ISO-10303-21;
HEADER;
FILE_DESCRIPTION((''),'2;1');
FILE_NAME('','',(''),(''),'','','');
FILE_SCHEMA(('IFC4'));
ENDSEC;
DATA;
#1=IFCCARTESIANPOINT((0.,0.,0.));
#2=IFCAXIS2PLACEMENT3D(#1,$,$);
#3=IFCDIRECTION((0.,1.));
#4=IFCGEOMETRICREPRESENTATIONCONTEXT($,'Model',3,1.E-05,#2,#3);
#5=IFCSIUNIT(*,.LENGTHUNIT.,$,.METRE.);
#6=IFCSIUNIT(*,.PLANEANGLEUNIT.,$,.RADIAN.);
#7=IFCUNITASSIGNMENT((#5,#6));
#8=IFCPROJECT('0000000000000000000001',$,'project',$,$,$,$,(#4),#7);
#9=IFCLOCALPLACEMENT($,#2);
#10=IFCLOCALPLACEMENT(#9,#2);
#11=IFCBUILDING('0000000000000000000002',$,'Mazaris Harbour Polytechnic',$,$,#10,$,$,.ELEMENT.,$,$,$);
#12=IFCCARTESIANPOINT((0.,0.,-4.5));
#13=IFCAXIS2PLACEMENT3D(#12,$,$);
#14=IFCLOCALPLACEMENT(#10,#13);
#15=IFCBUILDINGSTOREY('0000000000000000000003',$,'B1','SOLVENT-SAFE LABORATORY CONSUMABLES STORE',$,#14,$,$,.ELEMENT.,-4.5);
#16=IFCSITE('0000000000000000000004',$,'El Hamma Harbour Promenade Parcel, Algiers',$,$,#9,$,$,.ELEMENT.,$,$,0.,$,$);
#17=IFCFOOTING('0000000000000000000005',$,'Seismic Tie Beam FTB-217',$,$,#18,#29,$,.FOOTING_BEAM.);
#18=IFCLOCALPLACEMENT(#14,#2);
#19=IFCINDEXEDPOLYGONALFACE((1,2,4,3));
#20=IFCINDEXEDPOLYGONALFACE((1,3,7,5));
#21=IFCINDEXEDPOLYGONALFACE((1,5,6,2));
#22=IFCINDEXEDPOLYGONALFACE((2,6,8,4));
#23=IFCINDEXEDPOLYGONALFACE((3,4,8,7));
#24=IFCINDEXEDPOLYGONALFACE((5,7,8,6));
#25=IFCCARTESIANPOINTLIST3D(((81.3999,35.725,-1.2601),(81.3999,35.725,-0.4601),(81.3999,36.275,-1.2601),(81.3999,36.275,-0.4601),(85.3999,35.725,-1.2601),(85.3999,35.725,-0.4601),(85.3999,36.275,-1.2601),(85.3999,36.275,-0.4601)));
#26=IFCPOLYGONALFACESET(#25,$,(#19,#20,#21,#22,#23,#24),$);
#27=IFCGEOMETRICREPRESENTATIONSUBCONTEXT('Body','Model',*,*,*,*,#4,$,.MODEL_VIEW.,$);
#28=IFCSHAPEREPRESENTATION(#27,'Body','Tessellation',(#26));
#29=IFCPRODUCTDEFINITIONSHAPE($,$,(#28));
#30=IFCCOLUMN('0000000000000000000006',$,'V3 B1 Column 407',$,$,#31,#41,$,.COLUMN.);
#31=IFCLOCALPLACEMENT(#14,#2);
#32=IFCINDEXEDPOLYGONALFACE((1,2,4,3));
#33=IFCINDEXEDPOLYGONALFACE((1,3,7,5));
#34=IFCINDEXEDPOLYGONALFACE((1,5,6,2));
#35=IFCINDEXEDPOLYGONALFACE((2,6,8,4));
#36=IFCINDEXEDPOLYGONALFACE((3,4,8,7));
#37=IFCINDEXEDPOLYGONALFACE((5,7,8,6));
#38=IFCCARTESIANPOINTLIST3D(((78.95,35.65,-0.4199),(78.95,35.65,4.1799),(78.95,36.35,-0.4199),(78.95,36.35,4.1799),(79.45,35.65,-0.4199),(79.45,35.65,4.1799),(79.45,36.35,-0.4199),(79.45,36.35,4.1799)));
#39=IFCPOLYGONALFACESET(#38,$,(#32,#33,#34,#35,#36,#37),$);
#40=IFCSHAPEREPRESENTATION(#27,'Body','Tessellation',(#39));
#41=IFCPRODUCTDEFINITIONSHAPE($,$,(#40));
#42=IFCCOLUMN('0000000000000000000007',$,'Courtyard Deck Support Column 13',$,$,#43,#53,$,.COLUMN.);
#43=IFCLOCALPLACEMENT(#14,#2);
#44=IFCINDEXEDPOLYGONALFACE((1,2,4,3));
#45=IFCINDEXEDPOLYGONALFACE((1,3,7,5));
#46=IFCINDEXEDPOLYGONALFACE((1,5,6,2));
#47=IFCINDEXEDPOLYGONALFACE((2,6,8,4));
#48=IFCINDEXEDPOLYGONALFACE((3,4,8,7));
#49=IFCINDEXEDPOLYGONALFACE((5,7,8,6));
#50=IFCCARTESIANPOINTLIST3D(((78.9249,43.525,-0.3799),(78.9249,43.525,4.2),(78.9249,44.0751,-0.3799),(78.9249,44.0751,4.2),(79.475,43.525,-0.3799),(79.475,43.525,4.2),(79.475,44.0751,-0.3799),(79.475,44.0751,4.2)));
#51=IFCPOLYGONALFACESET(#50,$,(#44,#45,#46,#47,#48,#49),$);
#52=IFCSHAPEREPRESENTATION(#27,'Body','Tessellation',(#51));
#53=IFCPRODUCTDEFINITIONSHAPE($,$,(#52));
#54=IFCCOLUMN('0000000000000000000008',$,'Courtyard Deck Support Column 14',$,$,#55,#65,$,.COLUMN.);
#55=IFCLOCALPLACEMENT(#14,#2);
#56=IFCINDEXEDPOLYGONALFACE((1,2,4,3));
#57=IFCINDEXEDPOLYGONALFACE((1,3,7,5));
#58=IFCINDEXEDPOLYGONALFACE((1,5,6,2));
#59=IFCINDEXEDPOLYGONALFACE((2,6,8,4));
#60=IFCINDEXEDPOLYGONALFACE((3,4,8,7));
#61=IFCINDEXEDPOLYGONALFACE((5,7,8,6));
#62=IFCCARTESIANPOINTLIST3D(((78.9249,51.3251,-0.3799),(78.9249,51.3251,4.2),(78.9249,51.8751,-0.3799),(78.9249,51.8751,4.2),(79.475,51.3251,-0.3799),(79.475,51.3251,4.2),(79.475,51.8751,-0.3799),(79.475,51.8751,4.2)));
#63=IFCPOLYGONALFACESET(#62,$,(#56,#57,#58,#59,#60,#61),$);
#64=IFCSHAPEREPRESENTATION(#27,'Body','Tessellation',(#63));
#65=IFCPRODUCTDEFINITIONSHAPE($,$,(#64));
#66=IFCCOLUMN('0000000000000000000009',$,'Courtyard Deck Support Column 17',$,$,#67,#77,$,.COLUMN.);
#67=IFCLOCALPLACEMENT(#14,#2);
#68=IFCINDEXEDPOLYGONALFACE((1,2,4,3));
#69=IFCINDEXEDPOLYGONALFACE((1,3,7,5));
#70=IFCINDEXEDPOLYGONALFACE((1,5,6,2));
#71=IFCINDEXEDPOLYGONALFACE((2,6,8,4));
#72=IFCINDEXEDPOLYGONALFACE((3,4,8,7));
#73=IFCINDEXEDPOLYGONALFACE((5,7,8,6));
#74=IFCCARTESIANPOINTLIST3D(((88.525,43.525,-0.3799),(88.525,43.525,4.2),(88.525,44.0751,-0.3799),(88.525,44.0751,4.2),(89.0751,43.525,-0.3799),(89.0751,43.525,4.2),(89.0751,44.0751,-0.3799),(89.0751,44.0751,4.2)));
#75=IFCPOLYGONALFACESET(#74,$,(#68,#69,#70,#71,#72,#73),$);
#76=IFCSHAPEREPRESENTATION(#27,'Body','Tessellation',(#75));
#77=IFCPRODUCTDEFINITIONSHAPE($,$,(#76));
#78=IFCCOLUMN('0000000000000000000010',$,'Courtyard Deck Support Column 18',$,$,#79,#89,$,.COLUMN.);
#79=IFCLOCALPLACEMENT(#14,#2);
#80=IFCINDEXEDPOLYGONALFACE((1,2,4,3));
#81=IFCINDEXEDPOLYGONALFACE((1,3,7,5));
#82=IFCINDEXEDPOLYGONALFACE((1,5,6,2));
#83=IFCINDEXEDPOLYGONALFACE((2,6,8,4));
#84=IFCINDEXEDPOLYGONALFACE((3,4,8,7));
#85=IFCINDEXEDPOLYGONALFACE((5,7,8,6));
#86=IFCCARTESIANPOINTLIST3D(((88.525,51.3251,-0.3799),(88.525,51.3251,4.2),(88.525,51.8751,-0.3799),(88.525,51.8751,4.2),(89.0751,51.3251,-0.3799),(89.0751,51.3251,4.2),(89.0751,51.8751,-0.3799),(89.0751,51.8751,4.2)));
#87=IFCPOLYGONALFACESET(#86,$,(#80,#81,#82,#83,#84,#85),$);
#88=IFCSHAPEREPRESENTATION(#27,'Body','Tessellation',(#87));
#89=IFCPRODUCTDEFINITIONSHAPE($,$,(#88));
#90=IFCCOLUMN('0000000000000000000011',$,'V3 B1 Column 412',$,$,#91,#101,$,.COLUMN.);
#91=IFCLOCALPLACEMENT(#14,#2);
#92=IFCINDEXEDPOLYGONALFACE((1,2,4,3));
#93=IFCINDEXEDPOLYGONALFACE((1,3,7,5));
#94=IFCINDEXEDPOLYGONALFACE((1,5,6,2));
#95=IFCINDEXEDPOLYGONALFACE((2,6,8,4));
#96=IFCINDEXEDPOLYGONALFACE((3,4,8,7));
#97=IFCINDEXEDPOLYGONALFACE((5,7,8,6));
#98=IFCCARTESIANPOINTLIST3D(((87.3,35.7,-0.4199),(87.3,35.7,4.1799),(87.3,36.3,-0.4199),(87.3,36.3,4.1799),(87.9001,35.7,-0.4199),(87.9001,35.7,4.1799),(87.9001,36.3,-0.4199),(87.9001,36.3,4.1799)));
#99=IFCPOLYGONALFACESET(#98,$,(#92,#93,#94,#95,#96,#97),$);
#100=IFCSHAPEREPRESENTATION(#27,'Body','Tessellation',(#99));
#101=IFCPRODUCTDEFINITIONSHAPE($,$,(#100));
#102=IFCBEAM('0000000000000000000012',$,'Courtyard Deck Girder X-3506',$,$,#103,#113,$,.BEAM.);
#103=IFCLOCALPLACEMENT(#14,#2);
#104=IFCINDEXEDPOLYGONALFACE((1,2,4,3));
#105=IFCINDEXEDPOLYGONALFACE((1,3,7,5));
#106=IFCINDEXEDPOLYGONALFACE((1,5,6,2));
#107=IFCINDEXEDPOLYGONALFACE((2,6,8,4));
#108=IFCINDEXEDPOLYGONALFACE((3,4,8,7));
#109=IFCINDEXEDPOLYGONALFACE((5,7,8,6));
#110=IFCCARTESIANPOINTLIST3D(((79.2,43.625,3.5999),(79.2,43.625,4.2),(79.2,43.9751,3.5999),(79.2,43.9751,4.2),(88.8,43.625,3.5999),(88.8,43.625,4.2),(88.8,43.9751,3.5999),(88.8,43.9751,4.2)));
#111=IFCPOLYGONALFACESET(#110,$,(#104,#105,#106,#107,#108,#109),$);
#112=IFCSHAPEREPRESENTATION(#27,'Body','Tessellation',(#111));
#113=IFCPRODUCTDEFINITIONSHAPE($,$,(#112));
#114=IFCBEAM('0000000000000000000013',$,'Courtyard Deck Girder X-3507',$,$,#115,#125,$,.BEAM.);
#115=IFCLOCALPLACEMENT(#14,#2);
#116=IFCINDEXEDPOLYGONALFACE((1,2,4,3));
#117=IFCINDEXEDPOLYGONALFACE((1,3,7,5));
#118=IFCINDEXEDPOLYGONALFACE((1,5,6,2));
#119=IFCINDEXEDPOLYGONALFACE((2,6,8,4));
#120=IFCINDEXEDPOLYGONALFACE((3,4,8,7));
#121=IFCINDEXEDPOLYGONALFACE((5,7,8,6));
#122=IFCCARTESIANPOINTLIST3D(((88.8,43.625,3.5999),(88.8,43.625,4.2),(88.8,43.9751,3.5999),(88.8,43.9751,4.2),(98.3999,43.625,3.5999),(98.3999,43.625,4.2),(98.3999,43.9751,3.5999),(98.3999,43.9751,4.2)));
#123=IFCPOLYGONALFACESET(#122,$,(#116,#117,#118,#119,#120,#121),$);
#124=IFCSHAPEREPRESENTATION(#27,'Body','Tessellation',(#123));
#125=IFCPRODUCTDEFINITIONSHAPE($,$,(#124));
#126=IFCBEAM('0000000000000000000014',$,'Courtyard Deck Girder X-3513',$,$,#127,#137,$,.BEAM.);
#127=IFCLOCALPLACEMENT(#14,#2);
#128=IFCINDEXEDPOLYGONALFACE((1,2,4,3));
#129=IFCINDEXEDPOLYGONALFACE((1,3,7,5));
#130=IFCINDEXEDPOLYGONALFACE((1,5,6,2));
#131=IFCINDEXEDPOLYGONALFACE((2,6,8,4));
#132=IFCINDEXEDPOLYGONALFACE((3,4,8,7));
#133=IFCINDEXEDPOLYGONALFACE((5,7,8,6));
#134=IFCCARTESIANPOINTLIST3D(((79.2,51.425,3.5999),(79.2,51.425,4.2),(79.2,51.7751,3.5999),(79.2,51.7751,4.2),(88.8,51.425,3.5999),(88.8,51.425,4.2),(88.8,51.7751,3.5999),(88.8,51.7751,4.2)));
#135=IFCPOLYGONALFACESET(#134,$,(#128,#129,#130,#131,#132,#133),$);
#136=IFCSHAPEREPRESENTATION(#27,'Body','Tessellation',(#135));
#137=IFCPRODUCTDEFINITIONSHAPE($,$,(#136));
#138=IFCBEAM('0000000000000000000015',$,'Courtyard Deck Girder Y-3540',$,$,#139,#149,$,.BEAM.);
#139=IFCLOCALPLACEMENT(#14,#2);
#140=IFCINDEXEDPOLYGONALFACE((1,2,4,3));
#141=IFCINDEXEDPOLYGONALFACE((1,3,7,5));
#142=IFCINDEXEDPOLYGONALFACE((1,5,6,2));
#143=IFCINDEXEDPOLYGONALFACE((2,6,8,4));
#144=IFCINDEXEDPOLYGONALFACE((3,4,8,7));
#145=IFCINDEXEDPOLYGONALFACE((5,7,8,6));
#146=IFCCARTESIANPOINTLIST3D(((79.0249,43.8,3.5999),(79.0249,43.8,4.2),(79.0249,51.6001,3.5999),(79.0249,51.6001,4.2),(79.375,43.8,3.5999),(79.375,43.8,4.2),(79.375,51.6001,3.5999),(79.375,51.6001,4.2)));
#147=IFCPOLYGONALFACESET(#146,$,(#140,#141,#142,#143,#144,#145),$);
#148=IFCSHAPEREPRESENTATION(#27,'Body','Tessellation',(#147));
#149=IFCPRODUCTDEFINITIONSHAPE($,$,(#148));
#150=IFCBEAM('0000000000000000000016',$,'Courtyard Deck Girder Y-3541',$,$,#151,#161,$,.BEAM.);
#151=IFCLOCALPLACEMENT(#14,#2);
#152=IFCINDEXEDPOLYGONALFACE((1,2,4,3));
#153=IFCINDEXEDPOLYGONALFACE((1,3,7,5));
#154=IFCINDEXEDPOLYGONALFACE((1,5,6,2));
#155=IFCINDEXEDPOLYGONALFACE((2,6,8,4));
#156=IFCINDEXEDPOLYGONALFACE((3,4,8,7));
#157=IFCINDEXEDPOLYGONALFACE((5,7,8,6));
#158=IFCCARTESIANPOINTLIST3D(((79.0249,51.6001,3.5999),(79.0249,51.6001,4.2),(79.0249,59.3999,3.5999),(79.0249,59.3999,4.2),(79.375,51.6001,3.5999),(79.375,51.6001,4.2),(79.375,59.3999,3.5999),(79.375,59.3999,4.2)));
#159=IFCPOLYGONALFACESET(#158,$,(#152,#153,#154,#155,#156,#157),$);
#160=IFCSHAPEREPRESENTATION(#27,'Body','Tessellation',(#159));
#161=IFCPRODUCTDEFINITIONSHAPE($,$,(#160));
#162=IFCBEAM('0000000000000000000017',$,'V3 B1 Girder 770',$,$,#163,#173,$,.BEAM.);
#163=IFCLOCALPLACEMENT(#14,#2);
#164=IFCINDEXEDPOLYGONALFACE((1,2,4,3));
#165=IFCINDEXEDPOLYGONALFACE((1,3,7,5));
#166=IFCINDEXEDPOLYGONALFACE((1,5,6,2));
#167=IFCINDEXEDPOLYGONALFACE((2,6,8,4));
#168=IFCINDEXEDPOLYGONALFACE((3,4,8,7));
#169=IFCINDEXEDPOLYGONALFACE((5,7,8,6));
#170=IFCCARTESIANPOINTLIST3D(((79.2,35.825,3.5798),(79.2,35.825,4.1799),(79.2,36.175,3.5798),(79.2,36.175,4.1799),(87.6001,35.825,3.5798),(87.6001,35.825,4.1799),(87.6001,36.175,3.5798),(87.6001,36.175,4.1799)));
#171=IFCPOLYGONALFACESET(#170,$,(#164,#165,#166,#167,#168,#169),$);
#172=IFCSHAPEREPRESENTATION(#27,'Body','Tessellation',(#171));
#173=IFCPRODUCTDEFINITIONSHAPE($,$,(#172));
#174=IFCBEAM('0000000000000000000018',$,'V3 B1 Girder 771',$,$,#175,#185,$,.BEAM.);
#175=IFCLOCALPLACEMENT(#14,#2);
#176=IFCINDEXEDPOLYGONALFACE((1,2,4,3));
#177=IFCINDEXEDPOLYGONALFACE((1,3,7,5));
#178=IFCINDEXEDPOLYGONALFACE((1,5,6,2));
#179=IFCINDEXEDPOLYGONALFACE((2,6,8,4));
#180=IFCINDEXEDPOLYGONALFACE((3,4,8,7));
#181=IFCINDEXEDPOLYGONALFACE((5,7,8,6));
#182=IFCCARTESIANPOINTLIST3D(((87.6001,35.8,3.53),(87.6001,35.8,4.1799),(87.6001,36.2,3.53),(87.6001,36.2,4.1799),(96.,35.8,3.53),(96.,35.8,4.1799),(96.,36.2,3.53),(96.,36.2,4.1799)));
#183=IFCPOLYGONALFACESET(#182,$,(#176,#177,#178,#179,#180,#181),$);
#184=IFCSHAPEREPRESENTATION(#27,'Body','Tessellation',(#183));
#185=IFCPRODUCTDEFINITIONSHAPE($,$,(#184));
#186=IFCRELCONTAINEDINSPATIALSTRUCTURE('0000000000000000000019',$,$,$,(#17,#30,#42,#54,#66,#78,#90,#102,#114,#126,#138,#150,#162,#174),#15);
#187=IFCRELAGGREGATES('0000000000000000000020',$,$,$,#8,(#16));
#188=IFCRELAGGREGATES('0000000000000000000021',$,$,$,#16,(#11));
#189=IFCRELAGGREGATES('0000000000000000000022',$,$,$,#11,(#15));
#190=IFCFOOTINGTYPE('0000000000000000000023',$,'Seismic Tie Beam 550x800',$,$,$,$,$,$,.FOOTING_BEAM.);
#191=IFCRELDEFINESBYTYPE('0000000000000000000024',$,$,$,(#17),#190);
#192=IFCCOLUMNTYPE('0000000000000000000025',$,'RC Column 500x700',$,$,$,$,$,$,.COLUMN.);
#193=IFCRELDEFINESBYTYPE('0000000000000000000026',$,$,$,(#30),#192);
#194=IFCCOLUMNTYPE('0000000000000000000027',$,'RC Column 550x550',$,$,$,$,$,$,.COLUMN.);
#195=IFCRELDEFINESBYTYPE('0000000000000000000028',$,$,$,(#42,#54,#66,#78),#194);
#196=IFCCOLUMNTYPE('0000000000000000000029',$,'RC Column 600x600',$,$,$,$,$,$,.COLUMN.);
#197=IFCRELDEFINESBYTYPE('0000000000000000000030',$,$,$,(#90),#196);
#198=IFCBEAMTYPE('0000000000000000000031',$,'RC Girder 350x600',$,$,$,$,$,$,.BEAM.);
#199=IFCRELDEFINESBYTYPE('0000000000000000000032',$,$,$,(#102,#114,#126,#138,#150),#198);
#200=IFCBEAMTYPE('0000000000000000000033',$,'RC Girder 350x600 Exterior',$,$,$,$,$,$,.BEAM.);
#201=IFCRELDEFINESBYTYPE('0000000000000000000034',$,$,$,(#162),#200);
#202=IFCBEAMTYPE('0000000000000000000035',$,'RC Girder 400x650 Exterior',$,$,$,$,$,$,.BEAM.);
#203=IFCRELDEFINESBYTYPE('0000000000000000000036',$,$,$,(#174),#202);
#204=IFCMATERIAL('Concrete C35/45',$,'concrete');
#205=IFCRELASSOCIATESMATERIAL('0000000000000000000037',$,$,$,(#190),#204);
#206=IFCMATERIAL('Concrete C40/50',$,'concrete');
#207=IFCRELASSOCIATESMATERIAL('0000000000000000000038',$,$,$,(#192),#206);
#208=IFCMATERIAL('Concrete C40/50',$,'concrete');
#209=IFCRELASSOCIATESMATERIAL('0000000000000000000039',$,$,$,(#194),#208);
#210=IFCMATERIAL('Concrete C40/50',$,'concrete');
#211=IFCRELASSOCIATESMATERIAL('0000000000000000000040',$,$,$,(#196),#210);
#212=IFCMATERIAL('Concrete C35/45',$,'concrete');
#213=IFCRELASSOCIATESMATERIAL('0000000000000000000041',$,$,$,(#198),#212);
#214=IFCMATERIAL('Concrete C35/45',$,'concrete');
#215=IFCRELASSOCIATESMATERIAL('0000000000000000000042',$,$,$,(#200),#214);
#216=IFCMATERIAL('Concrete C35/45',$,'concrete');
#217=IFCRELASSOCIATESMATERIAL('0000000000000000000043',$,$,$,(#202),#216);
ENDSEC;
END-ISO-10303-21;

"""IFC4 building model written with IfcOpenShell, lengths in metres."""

from ifc_helpers import new_model, si_unit, direction, frame, origin, origin_2d, place, context, subcontext, project, spatial, rectangle, extrude, material, material_profile, profile_set, type_object, element, save


model = new_model("IFC4")

# Units and contexts
model_context = context("Model", 3, precision=1e-05, world=origin(), true_north=direction((0.0, 1.0)))
body_context = subcontext(model_context, "Body", "Model", "MODEL_VIEW")
ifc_project = project(units=[si_unit("LENGTHUNIT", "METRE"), si_unit("PLANEANGLEUNIT", "RADIAN")], contexts=[model_context])

# Site, building, storey
site_placement = place(None, origin())
site = spatial("IfcSite", under=ifc_project, at=site_placement, Name="El Hamma Harbour Promenade Parcel, Algiers", CompositionType="ELEMENT", RefElevation=0.0)
building_placement = place(site_placement, origin())
building = spatial("IfcBuilding", under=site, at=building_placement, Name="Mazaris Harbour Polytechnic", CompositionType="ELEMENT")
storey_placement = place(building_placement, frame((0.0, 0.0, -4.5)))
storey = spatial("IfcBuildingStorey", under=building, at=storey_placement, Name="B1", Description="SOLVENT-SAFE LABORATORY CONSUMABLES STORE", CompositionType="ELEMENT", Elevation=-4.5)

# Footing
ifc_material_1 = material(Name="Concrete C35/45", Category="concrete")
ifc_material_profile_1 = material_profile(ifc_material_1, rectangle(XDim=0.55, YDim=0.8, at=origin_2d()), Name="RECT550x800")
ifc_profile_set_1 = profile_set([ifc_material_profile_1], Name="Concrete C35/45")
footing_type_1 = type_object("IfcFootingType", Name="Seismic Tie Beam 550x800", PredefinedType="FOOTING_BEAM", material=ifc_profile_set_1)
footing_1_placement = place(storey_placement, frame((81.3999, 36.0, -0.8601), z_axis=(1.0, 0.0, 0.0), x_axis=(0.0, 1.0, 0.0)))
element("IfcFooting", 1, at=footing_1_placement, inside=storey, type_object=footing_type_1, Name="Seismic Tie Beam FTB-217", PredefinedType="FOOTING_BEAM", context=body_context, shape_type="SweptSolid", body=[
    extrude(rectangle(XDim=0.55, YDim=0.8, at=origin_2d()), origin(), (0.0, 0.0, 1.0), 4.0),
])

# Columns
ifc_material_2 = material(Name="Concrete C40/50", Category="concrete")
ifc_material_profile_2 = material_profile(ifc_material_2, rectangle(XDim=0.5, YDim=0.7, at=origin_2d()), Name="RECT500x700")
ifc_profile_set_2 = profile_set([ifc_material_profile_2], Name="Concrete C40/50")
column_type_1 = type_object("IfcColumnType", Name="RC Column 500x700", PredefinedType="COLUMN", material=ifc_profile_set_2)
column_1_placement = place(storey_placement, frame((79.2, 36.0, -0.4199), z_axis=(0.0, 0.0, 1.0), x_axis=(1.0, 0.0, 0.0)))
element("IfcColumn", 2, at=column_1_placement, inside=storey, type_object=column_type_1, Name="V3 B1 Column 407", PredefinedType="COLUMN", context=body_context, shape_type="SweptSolid", body=[
    extrude(rectangle(XDim=0.5, YDim=0.7, at=origin_2d()), origin(), (0.0, 0.0, 1.0), 4.5999),
])
ifc_material_3 = material(Name="Concrete C40/50", Category="concrete")
ifc_material_profile_3 = material_profile(ifc_material_3, rectangle(XDim=0.55, YDim=0.55, at=origin_2d()), Name="RECT550x550")
ifc_profile_set_3 = profile_set([ifc_material_profile_3], Name="Concrete C40/50")
column_type_2 = type_object("IfcColumnType", Name="RC Column 550x550", PredefinedType="COLUMN", material=ifc_profile_set_3)
for number, where, z_axis, x_axis, name in (
    (3, (79.2, 43.8, -0.3799), (0.0, 0.0, 1.0), (1.0, 0.0, 0.0), "Courtyard Deck Support Column 13"),
    (4, (79.2, 51.6001, -0.3799), (0.0, 0.0, 1.0), (1.0, 0.0, 0.0), "Courtyard Deck Support Column 14"),
    (5, (88.8, 43.8, -0.3799), (0.0, 0.0, 1.0), (1.0, 0.0, 0.0), "Courtyard Deck Support Column 17"),
    (6, (88.8, 51.6001, -0.3799), (0.0, 0.0, 1.0), (1.0, 0.0, 0.0), "Courtyard Deck Support Column 18"),
):
    element("IfcColumn", number, at=place(storey_placement, frame(where, z_axis=z_axis, x_axis=x_axis)), inside=storey, type_object=column_type_2, Name=name, PredefinedType="COLUMN", context=body_context, shape_type="SweptSolid", body=[
        extrude(rectangle(XDim=0.55, YDim=0.55, at=origin_2d()), origin(), (0.0, 0.0, 1.0), 4.5798),
    ])
ifc_material_4 = material(Name="Concrete C40/50", Category="concrete")
ifc_material_profile_4 = material_profile(ifc_material_4, rectangle(XDim=0.6001, YDim=0.6001, at=origin_2d()), Name="RECT600x600")
ifc_profile_set_4 = profile_set([ifc_material_profile_4], Name="Concrete C40/50")
column_type_3 = type_object("IfcColumnType", Name="RC Column 600x600", PredefinedType="COLUMN", material=ifc_profile_set_4)
column_2_placement = place(storey_placement, frame((87.6001, 36.0, -0.4199), z_axis=(0.0, 0.0, 1.0), x_axis=(1.0, 0.0, 0.0)))
element("IfcColumn", 7, at=column_2_placement, inside=storey, type_object=column_type_3, Name="V3 B1 Column 412", PredefinedType="COLUMN", context=body_context, shape_type="SweptSolid", body=[
    extrude(rectangle(XDim=0.6001, YDim=0.6001, at=origin_2d()), origin(), (0.0, 0.0, 1.0), 4.5999),
])

# Beams
ifc_material_5 = material(Name="Concrete C35/45", Category="concrete")
ifc_material_profile_5 = material_profile(ifc_material_5, rectangle(XDim=0.3501, YDim=0.6001, at=origin_2d()), Name="RECT350x600")
ifc_profile_set_5 = profile_set([ifc_material_profile_5], Name="Concrete C35/45")
beam_type_1 = type_object("IfcBeamType", Name="RC Girder 350x600", PredefinedType="BEAM", material=ifc_profile_set_5)
beam_1_placement = place(storey_placement, frame((79.2, 43.8, 3.8999), z_axis=(1.0, 0.0, 0.0), x_axis=(0.0, 1.0, 0.0)))
element("IfcBeam", 8, at=beam_1_placement, inside=storey, type_object=beam_type_1, Name="Courtyard Deck Girder X-3506", PredefinedType="BEAM", context=body_context, shape_type="SweptSolid", body=[
    extrude(rectangle(XDim=0.3501, YDim=0.6001, at=origin_2d()), origin(), (0.0, 0.0, 1.0), 9.6001),
])
beam_2_placement = place(storey_placement, frame((88.8, 43.8, 3.8999), z_axis=(1.0, 0.0, 0.0), x_axis=(0.0, 1.0, 0.0)))
element("IfcBeam", 9, at=beam_2_placement, inside=storey, type_object=beam_type_1, Name="Courtyard Deck Girder X-3507", PredefinedType="BEAM", context=body_context, shape_type="SweptSolid", body=[
    extrude(rectangle(XDim=0.3501, YDim=0.6001, at=origin_2d()), origin(), (0.0, 0.0, 1.0), 9.5999),
])
beam_3_placement = place(storey_placement, frame((79.2, 51.6001, 3.8999), z_axis=(1.0, 0.0, 0.0), x_axis=(0.0, 1.0, 0.0)))
element("IfcBeam", 10, at=beam_3_placement, inside=storey, type_object=beam_type_1, Name="Courtyard Deck Girder X-3513", PredefinedType="BEAM", context=body_context, shape_type="SweptSolid", body=[
    extrude(rectangle(XDim=0.3501, YDim=0.6001, at=origin_2d()), origin(), (0.0, 0.0, 1.0), 9.6001),
])
beam_4_placement = place(storey_placement, frame((79.2, 43.8, 3.8999), z_axis=(0.0, 1.0, 0.0), x_axis=(-1.0, 0.0, 0.0)))
element("IfcBeam", 11, at=beam_4_placement, inside=storey, type_object=beam_type_1, Name="Courtyard Deck Girder Y-3540", PredefinedType="BEAM", context=body_context, shape_type="SweptSolid", body=[
    extrude(rectangle(XDim=0.3501, YDim=0.6001, at=origin_2d()), origin(), (0.0, 0.0, 1.0), 7.8),
])
beam_5_placement = place(storey_placement, frame((79.2, 51.6001, 3.8999), z_axis=(0.0, 1.0, 0.0), x_axis=(-1.0, 0.0, 0.0)))
element("IfcBeam", 12, at=beam_5_placement, inside=storey, type_object=beam_type_1, Name="Courtyard Deck Girder Y-3541", PredefinedType="BEAM", context=body_context, shape_type="SweptSolid", body=[
    extrude(rectangle(XDim=0.3501, YDim=0.6001, at=origin_2d()), origin(), (0.0, 0.0, 1.0), 7.7998),
])
ifc_material_6 = material(Name="Concrete C35/45", Category="concrete")
ifc_material_profile_6 = material_profile(ifc_material_6, rectangle(XDim=0.3501, YDim=0.6001, at=origin_2d()), Name="RECT350x600")
ifc_profile_set_6 = profile_set([ifc_material_profile_6], Name="Concrete C35/45")
beam_type_2 = type_object("IfcBeamType", Name="RC Girder 350x600 Exterior", PredefinedType="BEAM", material=ifc_profile_set_6)
beam_6_placement = place(storey_placement, frame((79.2, 36.0, 3.8799), z_axis=(1.0, 0.0, 0.0), x_axis=(0.0, 1.0, 0.0)))
element("IfcBeam", 13, at=beam_6_placement, inside=storey, type_object=beam_type_2, Name="V3 B1 Girder 770", PredefinedType="BEAM", context=body_context, shape_type="SweptSolid", body=[
    extrude(rectangle(XDim=0.3501, YDim=0.6001, at=origin_2d()), origin(), (0.0, 0.0, 1.0), 8.4001),
])
ifc_material_7 = material(Name="Concrete C35/45", Category="concrete")
ifc_material_profile_7 = material_profile(ifc_material_7, rectangle(XDim=0.3999, YDim=0.6499, at=origin_2d()), Name="RECT400x650")
ifc_profile_set_7 = profile_set([ifc_material_profile_7], Name="Concrete C35/45")
beam_type_3 = type_object("IfcBeamType", Name="RC Girder 400x650 Exterior", PredefinedType="BEAM", material=ifc_profile_set_7)
beam_7_placement = place(storey_placement, frame((87.6001, 36.0, 3.855), z_axis=(1.0, 0.0, 0.0), x_axis=(0.0, 1.0, 0.0)))
element("IfcBeam", 14, at=beam_7_placement, inside=storey, type_object=beam_type_3, Name="V3 B1 Girder 771", PredefinedType="BEAM", context=body_context, shape_type="SweptSolid", body=[
    extrude(rectangle(XDim=0.3999, YDim=0.6499, at=origin_2d()), origin(), (0.0, 0.0, 1.0), 8.3999),
])

save(model, "model.ifc")
